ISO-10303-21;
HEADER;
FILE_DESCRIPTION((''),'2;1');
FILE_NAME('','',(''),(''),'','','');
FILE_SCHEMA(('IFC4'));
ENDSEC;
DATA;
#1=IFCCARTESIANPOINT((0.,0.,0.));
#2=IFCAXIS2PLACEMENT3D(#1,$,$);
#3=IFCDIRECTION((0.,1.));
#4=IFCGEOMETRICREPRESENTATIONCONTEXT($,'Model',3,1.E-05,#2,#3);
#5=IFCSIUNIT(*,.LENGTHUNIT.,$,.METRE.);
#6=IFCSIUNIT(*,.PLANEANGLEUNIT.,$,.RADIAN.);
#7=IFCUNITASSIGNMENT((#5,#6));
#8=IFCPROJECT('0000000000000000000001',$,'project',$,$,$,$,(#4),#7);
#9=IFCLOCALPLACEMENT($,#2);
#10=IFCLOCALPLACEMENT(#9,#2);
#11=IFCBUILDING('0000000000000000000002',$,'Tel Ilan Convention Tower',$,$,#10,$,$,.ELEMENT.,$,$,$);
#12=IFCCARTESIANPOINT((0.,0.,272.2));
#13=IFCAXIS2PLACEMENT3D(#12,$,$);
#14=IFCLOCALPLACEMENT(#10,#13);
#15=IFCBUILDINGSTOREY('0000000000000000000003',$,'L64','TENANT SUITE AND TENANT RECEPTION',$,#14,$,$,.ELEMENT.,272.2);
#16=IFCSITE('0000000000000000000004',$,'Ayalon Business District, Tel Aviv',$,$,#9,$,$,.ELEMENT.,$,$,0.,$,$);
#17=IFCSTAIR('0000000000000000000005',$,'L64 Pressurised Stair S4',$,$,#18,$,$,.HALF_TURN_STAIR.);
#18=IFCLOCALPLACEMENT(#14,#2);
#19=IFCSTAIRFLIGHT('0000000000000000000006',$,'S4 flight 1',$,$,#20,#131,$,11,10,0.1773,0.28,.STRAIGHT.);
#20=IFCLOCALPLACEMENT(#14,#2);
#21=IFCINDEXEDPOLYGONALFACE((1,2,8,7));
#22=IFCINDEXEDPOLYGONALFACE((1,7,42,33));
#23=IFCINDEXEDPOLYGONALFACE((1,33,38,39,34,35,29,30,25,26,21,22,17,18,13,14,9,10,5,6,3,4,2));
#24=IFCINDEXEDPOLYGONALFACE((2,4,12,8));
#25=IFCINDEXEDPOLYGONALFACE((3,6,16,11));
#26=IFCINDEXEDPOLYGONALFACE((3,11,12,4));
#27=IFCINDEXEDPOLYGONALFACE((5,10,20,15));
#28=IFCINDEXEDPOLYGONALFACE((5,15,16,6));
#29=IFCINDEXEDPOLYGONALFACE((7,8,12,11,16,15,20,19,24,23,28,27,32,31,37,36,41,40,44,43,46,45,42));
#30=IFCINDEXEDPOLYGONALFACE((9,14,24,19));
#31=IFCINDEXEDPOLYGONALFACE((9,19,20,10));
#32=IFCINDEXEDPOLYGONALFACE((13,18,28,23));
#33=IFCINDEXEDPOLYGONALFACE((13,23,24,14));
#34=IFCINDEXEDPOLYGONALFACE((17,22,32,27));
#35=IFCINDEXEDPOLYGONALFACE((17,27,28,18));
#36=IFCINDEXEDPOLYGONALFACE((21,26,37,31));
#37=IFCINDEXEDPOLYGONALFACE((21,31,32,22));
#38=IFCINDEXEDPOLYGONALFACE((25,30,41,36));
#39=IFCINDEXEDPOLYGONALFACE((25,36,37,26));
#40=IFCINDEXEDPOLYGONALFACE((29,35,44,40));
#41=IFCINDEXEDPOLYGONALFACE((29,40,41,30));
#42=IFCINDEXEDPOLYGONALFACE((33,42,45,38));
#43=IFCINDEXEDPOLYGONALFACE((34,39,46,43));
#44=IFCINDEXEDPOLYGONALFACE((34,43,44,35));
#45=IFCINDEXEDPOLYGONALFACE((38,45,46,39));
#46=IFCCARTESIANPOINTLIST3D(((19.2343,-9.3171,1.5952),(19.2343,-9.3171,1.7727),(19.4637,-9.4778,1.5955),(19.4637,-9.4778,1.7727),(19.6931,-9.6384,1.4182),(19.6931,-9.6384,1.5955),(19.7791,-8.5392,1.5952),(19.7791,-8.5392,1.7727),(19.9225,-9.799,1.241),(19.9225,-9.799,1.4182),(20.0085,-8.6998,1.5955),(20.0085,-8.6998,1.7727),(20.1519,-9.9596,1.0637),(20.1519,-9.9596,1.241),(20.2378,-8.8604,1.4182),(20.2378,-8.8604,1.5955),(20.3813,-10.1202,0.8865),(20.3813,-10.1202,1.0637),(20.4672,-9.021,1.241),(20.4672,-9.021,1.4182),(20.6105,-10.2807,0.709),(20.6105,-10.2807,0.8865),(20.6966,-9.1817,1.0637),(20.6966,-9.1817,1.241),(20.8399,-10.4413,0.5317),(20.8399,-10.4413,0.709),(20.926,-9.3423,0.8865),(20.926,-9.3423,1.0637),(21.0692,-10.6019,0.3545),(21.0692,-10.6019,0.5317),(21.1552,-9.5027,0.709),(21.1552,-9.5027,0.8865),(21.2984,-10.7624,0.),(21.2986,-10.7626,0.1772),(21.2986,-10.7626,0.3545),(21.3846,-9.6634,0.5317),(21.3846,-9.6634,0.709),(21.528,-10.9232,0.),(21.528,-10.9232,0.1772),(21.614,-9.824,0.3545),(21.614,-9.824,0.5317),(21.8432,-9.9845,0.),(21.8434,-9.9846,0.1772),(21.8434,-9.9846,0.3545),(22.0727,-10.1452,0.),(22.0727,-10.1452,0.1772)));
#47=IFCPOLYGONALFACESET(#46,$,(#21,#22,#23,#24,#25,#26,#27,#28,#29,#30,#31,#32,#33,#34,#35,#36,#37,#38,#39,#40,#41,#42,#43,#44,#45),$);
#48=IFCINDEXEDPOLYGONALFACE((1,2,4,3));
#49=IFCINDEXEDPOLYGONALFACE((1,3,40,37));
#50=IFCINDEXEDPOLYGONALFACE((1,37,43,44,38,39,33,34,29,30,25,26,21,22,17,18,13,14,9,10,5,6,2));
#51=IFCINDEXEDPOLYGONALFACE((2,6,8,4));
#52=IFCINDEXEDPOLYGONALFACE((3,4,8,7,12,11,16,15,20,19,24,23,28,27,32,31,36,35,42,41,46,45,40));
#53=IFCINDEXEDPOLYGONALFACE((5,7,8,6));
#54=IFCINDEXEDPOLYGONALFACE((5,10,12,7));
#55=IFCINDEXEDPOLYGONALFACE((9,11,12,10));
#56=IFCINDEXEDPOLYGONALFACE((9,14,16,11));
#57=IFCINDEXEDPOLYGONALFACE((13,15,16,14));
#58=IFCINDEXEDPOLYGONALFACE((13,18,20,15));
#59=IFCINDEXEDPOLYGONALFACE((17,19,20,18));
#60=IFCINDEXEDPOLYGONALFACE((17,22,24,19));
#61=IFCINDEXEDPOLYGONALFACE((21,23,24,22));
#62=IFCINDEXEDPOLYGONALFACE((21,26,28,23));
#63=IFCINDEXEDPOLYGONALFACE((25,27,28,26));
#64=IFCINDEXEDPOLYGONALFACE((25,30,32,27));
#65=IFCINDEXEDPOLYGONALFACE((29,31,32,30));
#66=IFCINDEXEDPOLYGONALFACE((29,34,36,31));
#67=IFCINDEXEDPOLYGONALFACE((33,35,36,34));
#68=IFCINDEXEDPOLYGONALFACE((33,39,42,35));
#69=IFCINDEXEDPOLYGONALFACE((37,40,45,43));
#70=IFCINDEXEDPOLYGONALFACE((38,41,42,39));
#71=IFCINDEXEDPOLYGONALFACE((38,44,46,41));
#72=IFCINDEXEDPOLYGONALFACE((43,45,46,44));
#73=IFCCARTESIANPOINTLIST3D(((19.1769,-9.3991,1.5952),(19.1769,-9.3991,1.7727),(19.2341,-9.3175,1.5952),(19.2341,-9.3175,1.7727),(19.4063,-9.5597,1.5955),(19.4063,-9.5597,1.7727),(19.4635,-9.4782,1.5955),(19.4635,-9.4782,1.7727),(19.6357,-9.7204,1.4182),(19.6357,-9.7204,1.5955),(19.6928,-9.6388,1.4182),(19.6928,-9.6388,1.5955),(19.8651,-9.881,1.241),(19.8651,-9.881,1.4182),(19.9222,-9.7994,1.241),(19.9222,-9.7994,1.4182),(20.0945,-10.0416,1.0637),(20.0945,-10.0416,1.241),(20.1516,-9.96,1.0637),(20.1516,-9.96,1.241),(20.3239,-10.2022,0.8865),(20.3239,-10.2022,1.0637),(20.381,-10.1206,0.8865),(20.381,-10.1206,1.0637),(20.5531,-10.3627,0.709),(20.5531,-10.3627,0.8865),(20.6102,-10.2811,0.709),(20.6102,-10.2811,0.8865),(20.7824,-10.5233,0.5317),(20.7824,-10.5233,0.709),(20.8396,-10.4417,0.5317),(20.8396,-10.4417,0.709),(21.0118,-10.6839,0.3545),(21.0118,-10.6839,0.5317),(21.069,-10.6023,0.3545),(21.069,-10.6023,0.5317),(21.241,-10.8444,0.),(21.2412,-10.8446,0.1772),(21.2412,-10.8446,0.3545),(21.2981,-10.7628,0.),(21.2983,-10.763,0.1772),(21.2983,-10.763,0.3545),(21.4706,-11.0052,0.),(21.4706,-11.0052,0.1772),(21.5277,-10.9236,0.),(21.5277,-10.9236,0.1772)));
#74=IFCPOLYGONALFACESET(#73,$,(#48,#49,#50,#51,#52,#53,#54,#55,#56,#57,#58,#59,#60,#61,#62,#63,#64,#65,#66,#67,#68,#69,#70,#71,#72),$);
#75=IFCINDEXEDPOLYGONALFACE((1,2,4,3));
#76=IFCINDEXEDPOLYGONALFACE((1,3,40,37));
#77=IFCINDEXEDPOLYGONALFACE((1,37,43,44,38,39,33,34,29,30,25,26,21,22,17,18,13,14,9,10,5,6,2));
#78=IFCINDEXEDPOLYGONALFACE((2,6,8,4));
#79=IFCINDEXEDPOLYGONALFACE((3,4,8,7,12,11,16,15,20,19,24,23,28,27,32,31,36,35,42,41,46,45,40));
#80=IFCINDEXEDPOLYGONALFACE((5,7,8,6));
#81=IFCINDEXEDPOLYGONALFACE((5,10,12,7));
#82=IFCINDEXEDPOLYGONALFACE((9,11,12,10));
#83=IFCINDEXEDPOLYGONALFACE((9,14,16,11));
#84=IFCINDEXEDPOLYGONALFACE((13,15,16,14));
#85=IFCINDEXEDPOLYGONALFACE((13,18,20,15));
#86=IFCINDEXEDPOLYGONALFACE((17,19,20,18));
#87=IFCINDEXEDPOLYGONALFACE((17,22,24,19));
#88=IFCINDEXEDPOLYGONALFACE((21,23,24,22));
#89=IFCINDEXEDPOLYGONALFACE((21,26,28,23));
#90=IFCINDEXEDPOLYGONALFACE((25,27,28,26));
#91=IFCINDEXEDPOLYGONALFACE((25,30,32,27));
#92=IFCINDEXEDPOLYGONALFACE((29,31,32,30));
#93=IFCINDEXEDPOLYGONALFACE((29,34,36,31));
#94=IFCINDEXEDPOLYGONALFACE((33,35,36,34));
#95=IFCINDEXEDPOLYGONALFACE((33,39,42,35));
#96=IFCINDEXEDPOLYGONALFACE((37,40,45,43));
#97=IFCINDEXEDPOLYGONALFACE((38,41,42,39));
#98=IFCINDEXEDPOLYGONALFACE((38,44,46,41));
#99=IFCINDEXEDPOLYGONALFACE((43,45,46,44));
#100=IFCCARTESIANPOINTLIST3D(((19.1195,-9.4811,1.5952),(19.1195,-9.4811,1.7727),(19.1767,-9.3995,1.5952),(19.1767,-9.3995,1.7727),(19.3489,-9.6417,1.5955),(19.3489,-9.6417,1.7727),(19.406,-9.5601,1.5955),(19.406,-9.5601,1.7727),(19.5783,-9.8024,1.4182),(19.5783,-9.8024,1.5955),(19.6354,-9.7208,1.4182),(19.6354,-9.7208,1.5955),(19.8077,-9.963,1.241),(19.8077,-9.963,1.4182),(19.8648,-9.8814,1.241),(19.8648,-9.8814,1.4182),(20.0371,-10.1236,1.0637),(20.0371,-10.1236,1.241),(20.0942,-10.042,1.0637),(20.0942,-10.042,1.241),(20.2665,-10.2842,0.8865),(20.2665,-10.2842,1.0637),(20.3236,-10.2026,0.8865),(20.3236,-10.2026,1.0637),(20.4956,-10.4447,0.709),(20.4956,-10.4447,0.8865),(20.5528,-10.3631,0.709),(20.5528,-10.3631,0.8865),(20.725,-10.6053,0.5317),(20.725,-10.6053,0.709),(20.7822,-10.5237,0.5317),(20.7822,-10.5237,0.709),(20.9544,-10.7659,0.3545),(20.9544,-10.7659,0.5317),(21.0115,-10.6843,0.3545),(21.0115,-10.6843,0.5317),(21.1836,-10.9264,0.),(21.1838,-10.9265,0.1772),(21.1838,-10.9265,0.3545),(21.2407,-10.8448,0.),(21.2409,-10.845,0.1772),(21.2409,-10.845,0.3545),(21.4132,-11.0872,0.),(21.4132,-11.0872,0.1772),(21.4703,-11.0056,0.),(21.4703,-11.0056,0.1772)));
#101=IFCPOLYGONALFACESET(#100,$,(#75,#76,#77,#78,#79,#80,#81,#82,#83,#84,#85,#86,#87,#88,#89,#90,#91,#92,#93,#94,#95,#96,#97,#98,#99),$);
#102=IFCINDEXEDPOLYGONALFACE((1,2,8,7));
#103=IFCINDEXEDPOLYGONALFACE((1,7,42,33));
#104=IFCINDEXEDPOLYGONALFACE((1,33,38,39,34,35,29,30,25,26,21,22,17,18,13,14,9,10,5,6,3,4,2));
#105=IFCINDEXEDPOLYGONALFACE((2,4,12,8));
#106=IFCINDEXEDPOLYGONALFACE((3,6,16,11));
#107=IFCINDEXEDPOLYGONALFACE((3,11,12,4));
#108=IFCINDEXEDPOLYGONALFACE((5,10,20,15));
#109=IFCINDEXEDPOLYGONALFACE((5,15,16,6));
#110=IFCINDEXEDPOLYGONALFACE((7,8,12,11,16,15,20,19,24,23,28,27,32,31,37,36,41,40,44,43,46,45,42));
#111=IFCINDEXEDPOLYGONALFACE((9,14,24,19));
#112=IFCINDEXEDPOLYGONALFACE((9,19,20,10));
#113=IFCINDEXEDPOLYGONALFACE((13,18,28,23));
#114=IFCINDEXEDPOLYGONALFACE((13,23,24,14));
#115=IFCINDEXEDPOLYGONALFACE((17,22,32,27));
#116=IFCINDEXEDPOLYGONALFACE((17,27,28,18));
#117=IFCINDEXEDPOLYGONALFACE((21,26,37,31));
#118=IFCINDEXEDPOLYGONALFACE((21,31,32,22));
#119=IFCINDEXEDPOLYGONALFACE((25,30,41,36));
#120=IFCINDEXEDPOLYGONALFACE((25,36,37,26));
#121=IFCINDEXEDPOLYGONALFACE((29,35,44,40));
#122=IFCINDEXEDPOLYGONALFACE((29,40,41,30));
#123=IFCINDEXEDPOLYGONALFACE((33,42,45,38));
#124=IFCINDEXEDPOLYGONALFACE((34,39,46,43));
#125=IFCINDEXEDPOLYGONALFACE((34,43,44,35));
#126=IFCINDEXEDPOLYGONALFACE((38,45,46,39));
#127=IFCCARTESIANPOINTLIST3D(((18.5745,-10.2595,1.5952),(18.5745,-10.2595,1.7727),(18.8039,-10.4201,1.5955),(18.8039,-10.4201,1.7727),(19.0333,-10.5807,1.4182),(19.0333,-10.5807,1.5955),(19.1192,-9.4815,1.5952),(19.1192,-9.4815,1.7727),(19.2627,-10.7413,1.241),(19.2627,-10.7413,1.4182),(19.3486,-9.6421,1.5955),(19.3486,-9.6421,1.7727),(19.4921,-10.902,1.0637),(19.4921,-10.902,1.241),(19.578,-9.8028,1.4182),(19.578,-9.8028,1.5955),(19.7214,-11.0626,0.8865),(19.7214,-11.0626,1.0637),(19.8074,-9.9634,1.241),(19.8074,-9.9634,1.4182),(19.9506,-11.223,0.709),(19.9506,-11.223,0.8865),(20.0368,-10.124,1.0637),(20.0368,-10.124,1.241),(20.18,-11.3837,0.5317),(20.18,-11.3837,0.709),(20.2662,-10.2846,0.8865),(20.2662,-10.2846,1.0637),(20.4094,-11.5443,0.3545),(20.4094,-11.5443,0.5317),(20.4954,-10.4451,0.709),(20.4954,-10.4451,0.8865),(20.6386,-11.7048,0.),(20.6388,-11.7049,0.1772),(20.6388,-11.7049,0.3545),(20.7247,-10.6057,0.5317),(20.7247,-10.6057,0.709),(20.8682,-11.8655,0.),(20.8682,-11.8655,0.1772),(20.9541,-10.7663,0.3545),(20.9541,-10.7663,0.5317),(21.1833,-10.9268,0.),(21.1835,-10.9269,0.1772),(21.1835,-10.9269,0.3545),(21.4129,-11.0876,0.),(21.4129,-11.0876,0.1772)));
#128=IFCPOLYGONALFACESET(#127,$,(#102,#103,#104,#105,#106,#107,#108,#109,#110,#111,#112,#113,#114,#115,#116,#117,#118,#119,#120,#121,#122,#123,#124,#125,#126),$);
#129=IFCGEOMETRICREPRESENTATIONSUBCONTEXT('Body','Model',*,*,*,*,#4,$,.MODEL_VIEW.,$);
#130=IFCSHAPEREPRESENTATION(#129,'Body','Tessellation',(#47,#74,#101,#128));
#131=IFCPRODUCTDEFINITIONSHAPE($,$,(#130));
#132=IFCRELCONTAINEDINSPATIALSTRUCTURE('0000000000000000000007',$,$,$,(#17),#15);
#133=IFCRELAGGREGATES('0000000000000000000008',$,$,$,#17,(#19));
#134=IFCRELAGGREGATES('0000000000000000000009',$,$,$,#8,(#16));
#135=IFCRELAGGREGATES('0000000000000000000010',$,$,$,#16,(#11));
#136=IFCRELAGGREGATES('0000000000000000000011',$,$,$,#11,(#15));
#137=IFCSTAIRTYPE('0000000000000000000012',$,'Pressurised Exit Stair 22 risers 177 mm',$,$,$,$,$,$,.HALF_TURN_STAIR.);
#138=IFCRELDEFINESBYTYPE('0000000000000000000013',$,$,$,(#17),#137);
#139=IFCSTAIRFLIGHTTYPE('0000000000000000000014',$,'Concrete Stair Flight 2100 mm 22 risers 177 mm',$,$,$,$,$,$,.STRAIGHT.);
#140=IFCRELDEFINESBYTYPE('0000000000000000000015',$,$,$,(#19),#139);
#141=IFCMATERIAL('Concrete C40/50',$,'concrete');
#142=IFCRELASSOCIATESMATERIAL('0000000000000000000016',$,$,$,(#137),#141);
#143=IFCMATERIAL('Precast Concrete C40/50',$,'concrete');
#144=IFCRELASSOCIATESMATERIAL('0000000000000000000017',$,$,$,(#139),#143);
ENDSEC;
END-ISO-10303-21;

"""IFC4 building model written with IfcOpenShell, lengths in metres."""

from ifc_helpers import new_model, si_unit, direction, frame, origin, place, context, subcontext, project, spatial, polyline, outline, extrude, material, type_object, element, aggregate, save


model = new_model("IFC4")

# Units and contexts
model_context = context("Model", 3, precision=1e-05, world=origin(), true_north=direction((0.0, 1.0)))
body_context = subcontext(model_context, "Body", "Model", "MODEL_VIEW")
ifc_project = project(units=[si_unit("LENGTHUNIT", "METRE"), si_unit("PLANEANGLEUNIT", "RADIAN")], contexts=[model_context])

# Site, building, storey
site_placement = place(None, origin())
site = spatial("IfcSite", under=ifc_project, at=site_placement, Name="Ayalon Business District, Tel Aviv", CompositionType="ELEMENT", RefElevation=0.0)
building_placement = place(site_placement, origin())
building = spatial("IfcBuilding", under=site, at=building_placement, Name="Tel Ilan Convention Tower", CompositionType="ELEMENT")
storey_placement = place(building_placement, frame((0.0, 0.0, 272.2)))
storey = spatial("IfcBuildingStorey", under=building, at=storey_placement, Name="L64", Description="TENANT SUITE AND TENANT RECEPTION", CompositionType="ELEMENT", Elevation=272.2)

# Shared definitions
ifc_material_1 = material(Name="Concrete C40/50", Category="concrete")
stair_type = type_object("IfcStairType", Name="Pressurised Exit Stair 22 risers 177 mm", PredefinedType="HALF_TURN_STAIR", material=ifc_material_1)
ifc_material_2 = material(Name="Precast Concrete C40/50", Category="concrete")
stair_flight_type = type_object("IfcStairFlightType", Name="Concrete Stair Flight 2100 mm 22 risers 177 mm", PredefinedType="STRAIGHT", material=ifc_material_2)

# Stair, stair flight
stair_1_placement = place(storey_placement, origin())
stair_1 = element("IfcStair", 1, at=stair_1_placement, inside=storey, type_object=stair_type, Name="L64 Pressurised Stair S4", PredefinedType="HALF_TURN_STAIR")
stair_flight_1_placement = place(storey_placement, frame((21.4705, -11.0054, 0.0), z_axis=(0.0, 0.0, 1.0), x_axis=(-0.819152, 0.573576, 0.0)))
stair_flight_1 = element("IfcStairFlight", 2, at=stair_flight_1_placement, type_object=stair_flight_type, Name="S4 flight 1", NumberOfRisers=11, NumberOfTreads=10, PredefinedType="STRAIGHT", RiserHeight=0.1773, TreadLength=0.28, context=body_context, shape_type="SweptSolid", body=[
    extrude(outline(polyline([(0.0, 0.0), (0.0, 0.1772), (0.28, 0.1772), (0.28, 0.3545), (0.5601, 0.3545), (0.5601, 0.5317), (0.8401, 0.5317), (0.8401, 0.709), (1.1201, 0.709), (1.1201, 0.8865), (1.3999, 0.8865), (1.3999, 1.0637), (1.6799, 1.0637), (1.6799, 1.241), (1.96, 1.241), (1.96, 1.4182), (2.24, 1.4182), (2.24, 1.5955), (2.52, 1.5955), (2.52, 1.7727), (2.8, 1.7727), (2.8, 1.95), (2.8, 1.5952), (0.2803, 0.0), (0.0, 0.0)])), frame((0.0, -0.1003, 0.0), z_axis=(0.0, -1.0, 0.0), x_axis=(1.0, 0.0, 0.0)), (0.0, 0.0, 1.0), 0.9497),
    extrude(outline(polyline([(0.0, 0.0), (0.0, 0.1772), (0.28, 0.1772), (0.28, 0.3545), (0.5601, 0.3545), (0.5601, 0.5317), (0.8401, 0.5317), (0.8401, 0.709), (1.1201, 0.709), (1.1201, 0.8865), (1.3999, 0.8865), (1.3999, 1.0637), (1.6799, 1.0637), (1.6799, 1.241), (1.96, 1.241), (1.96, 1.4182), (2.24, 1.4182), (2.24, 1.5955), (2.52, 1.5955), (2.52, 1.7727), (2.8, 1.7727), (2.8, 1.95), (2.8, 1.5952), (0.2803, 0.0), (0.0, 0.0)])), frame((0.0, -0.0002, 0.0), z_axis=(0.0, -1.0, 0.0), x_axis=(1.0, 0.0, 0.0)), (0.0, 0.0, 1.0), 0.0996),
    extrude(outline(polyline([(0.0, 0.0), (0.0, 0.1772), (0.28, 0.1772), (0.28, 0.3545), (0.5601, 0.3545), (0.5601, 0.5317), (0.8401, 0.5317), (0.8401, 0.709), (1.1201, 0.709), (1.1201, 0.8865), (1.3999, 0.8865), (1.3999, 1.0637), (1.6799, 1.0637), (1.6799, 1.241), (1.96, 1.241), (1.96, 1.4182), (2.24, 1.4182), (2.24, 1.5955), (2.52, 1.5955), (2.52, 1.7727), (2.8, 1.7727), (2.8, 1.95), (2.8, 1.5952), (0.2803, 0.0), (0.0, 0.0)])), frame((0.0, 0.0999, 0.0), z_axis=(0.0, -1.0, 0.0), x_axis=(1.0, 0.0, 0.0)), (0.0, 0.0, 1.0), 0.0996),
    extrude(outline(polyline([(0.0, 0.0), (0.0, 0.1772), (0.28, 0.1772), (0.28, 0.3545), (0.5601, 0.3545), (0.5601, 0.5317), (0.8401, 0.5317), (0.8401, 0.709), (1.1201, 0.709), (1.1201, 0.8865), (1.3999, 0.8865), (1.3999, 1.0637), (1.6799, 1.0637), (1.6799, 1.241), (1.96, 1.241), (1.96, 1.4182), (2.24, 1.4182), (2.24, 1.5955), (2.52, 1.5955), (2.52, 1.7727), (2.8, 1.7727), (2.8, 1.95), (2.8, 1.5952), (0.2803, 0.0), (0.0, 0.0)])), frame((0.0, 1.05, 0.0), z_axis=(0.0, -1.0, 0.0), x_axis=(1.0, 0.0, 0.0)), (0.0, 0.0, 1.0), 0.9497),
])
aggregate(stair_1, [stair_flight_1])

save(model, "model.ifc")
